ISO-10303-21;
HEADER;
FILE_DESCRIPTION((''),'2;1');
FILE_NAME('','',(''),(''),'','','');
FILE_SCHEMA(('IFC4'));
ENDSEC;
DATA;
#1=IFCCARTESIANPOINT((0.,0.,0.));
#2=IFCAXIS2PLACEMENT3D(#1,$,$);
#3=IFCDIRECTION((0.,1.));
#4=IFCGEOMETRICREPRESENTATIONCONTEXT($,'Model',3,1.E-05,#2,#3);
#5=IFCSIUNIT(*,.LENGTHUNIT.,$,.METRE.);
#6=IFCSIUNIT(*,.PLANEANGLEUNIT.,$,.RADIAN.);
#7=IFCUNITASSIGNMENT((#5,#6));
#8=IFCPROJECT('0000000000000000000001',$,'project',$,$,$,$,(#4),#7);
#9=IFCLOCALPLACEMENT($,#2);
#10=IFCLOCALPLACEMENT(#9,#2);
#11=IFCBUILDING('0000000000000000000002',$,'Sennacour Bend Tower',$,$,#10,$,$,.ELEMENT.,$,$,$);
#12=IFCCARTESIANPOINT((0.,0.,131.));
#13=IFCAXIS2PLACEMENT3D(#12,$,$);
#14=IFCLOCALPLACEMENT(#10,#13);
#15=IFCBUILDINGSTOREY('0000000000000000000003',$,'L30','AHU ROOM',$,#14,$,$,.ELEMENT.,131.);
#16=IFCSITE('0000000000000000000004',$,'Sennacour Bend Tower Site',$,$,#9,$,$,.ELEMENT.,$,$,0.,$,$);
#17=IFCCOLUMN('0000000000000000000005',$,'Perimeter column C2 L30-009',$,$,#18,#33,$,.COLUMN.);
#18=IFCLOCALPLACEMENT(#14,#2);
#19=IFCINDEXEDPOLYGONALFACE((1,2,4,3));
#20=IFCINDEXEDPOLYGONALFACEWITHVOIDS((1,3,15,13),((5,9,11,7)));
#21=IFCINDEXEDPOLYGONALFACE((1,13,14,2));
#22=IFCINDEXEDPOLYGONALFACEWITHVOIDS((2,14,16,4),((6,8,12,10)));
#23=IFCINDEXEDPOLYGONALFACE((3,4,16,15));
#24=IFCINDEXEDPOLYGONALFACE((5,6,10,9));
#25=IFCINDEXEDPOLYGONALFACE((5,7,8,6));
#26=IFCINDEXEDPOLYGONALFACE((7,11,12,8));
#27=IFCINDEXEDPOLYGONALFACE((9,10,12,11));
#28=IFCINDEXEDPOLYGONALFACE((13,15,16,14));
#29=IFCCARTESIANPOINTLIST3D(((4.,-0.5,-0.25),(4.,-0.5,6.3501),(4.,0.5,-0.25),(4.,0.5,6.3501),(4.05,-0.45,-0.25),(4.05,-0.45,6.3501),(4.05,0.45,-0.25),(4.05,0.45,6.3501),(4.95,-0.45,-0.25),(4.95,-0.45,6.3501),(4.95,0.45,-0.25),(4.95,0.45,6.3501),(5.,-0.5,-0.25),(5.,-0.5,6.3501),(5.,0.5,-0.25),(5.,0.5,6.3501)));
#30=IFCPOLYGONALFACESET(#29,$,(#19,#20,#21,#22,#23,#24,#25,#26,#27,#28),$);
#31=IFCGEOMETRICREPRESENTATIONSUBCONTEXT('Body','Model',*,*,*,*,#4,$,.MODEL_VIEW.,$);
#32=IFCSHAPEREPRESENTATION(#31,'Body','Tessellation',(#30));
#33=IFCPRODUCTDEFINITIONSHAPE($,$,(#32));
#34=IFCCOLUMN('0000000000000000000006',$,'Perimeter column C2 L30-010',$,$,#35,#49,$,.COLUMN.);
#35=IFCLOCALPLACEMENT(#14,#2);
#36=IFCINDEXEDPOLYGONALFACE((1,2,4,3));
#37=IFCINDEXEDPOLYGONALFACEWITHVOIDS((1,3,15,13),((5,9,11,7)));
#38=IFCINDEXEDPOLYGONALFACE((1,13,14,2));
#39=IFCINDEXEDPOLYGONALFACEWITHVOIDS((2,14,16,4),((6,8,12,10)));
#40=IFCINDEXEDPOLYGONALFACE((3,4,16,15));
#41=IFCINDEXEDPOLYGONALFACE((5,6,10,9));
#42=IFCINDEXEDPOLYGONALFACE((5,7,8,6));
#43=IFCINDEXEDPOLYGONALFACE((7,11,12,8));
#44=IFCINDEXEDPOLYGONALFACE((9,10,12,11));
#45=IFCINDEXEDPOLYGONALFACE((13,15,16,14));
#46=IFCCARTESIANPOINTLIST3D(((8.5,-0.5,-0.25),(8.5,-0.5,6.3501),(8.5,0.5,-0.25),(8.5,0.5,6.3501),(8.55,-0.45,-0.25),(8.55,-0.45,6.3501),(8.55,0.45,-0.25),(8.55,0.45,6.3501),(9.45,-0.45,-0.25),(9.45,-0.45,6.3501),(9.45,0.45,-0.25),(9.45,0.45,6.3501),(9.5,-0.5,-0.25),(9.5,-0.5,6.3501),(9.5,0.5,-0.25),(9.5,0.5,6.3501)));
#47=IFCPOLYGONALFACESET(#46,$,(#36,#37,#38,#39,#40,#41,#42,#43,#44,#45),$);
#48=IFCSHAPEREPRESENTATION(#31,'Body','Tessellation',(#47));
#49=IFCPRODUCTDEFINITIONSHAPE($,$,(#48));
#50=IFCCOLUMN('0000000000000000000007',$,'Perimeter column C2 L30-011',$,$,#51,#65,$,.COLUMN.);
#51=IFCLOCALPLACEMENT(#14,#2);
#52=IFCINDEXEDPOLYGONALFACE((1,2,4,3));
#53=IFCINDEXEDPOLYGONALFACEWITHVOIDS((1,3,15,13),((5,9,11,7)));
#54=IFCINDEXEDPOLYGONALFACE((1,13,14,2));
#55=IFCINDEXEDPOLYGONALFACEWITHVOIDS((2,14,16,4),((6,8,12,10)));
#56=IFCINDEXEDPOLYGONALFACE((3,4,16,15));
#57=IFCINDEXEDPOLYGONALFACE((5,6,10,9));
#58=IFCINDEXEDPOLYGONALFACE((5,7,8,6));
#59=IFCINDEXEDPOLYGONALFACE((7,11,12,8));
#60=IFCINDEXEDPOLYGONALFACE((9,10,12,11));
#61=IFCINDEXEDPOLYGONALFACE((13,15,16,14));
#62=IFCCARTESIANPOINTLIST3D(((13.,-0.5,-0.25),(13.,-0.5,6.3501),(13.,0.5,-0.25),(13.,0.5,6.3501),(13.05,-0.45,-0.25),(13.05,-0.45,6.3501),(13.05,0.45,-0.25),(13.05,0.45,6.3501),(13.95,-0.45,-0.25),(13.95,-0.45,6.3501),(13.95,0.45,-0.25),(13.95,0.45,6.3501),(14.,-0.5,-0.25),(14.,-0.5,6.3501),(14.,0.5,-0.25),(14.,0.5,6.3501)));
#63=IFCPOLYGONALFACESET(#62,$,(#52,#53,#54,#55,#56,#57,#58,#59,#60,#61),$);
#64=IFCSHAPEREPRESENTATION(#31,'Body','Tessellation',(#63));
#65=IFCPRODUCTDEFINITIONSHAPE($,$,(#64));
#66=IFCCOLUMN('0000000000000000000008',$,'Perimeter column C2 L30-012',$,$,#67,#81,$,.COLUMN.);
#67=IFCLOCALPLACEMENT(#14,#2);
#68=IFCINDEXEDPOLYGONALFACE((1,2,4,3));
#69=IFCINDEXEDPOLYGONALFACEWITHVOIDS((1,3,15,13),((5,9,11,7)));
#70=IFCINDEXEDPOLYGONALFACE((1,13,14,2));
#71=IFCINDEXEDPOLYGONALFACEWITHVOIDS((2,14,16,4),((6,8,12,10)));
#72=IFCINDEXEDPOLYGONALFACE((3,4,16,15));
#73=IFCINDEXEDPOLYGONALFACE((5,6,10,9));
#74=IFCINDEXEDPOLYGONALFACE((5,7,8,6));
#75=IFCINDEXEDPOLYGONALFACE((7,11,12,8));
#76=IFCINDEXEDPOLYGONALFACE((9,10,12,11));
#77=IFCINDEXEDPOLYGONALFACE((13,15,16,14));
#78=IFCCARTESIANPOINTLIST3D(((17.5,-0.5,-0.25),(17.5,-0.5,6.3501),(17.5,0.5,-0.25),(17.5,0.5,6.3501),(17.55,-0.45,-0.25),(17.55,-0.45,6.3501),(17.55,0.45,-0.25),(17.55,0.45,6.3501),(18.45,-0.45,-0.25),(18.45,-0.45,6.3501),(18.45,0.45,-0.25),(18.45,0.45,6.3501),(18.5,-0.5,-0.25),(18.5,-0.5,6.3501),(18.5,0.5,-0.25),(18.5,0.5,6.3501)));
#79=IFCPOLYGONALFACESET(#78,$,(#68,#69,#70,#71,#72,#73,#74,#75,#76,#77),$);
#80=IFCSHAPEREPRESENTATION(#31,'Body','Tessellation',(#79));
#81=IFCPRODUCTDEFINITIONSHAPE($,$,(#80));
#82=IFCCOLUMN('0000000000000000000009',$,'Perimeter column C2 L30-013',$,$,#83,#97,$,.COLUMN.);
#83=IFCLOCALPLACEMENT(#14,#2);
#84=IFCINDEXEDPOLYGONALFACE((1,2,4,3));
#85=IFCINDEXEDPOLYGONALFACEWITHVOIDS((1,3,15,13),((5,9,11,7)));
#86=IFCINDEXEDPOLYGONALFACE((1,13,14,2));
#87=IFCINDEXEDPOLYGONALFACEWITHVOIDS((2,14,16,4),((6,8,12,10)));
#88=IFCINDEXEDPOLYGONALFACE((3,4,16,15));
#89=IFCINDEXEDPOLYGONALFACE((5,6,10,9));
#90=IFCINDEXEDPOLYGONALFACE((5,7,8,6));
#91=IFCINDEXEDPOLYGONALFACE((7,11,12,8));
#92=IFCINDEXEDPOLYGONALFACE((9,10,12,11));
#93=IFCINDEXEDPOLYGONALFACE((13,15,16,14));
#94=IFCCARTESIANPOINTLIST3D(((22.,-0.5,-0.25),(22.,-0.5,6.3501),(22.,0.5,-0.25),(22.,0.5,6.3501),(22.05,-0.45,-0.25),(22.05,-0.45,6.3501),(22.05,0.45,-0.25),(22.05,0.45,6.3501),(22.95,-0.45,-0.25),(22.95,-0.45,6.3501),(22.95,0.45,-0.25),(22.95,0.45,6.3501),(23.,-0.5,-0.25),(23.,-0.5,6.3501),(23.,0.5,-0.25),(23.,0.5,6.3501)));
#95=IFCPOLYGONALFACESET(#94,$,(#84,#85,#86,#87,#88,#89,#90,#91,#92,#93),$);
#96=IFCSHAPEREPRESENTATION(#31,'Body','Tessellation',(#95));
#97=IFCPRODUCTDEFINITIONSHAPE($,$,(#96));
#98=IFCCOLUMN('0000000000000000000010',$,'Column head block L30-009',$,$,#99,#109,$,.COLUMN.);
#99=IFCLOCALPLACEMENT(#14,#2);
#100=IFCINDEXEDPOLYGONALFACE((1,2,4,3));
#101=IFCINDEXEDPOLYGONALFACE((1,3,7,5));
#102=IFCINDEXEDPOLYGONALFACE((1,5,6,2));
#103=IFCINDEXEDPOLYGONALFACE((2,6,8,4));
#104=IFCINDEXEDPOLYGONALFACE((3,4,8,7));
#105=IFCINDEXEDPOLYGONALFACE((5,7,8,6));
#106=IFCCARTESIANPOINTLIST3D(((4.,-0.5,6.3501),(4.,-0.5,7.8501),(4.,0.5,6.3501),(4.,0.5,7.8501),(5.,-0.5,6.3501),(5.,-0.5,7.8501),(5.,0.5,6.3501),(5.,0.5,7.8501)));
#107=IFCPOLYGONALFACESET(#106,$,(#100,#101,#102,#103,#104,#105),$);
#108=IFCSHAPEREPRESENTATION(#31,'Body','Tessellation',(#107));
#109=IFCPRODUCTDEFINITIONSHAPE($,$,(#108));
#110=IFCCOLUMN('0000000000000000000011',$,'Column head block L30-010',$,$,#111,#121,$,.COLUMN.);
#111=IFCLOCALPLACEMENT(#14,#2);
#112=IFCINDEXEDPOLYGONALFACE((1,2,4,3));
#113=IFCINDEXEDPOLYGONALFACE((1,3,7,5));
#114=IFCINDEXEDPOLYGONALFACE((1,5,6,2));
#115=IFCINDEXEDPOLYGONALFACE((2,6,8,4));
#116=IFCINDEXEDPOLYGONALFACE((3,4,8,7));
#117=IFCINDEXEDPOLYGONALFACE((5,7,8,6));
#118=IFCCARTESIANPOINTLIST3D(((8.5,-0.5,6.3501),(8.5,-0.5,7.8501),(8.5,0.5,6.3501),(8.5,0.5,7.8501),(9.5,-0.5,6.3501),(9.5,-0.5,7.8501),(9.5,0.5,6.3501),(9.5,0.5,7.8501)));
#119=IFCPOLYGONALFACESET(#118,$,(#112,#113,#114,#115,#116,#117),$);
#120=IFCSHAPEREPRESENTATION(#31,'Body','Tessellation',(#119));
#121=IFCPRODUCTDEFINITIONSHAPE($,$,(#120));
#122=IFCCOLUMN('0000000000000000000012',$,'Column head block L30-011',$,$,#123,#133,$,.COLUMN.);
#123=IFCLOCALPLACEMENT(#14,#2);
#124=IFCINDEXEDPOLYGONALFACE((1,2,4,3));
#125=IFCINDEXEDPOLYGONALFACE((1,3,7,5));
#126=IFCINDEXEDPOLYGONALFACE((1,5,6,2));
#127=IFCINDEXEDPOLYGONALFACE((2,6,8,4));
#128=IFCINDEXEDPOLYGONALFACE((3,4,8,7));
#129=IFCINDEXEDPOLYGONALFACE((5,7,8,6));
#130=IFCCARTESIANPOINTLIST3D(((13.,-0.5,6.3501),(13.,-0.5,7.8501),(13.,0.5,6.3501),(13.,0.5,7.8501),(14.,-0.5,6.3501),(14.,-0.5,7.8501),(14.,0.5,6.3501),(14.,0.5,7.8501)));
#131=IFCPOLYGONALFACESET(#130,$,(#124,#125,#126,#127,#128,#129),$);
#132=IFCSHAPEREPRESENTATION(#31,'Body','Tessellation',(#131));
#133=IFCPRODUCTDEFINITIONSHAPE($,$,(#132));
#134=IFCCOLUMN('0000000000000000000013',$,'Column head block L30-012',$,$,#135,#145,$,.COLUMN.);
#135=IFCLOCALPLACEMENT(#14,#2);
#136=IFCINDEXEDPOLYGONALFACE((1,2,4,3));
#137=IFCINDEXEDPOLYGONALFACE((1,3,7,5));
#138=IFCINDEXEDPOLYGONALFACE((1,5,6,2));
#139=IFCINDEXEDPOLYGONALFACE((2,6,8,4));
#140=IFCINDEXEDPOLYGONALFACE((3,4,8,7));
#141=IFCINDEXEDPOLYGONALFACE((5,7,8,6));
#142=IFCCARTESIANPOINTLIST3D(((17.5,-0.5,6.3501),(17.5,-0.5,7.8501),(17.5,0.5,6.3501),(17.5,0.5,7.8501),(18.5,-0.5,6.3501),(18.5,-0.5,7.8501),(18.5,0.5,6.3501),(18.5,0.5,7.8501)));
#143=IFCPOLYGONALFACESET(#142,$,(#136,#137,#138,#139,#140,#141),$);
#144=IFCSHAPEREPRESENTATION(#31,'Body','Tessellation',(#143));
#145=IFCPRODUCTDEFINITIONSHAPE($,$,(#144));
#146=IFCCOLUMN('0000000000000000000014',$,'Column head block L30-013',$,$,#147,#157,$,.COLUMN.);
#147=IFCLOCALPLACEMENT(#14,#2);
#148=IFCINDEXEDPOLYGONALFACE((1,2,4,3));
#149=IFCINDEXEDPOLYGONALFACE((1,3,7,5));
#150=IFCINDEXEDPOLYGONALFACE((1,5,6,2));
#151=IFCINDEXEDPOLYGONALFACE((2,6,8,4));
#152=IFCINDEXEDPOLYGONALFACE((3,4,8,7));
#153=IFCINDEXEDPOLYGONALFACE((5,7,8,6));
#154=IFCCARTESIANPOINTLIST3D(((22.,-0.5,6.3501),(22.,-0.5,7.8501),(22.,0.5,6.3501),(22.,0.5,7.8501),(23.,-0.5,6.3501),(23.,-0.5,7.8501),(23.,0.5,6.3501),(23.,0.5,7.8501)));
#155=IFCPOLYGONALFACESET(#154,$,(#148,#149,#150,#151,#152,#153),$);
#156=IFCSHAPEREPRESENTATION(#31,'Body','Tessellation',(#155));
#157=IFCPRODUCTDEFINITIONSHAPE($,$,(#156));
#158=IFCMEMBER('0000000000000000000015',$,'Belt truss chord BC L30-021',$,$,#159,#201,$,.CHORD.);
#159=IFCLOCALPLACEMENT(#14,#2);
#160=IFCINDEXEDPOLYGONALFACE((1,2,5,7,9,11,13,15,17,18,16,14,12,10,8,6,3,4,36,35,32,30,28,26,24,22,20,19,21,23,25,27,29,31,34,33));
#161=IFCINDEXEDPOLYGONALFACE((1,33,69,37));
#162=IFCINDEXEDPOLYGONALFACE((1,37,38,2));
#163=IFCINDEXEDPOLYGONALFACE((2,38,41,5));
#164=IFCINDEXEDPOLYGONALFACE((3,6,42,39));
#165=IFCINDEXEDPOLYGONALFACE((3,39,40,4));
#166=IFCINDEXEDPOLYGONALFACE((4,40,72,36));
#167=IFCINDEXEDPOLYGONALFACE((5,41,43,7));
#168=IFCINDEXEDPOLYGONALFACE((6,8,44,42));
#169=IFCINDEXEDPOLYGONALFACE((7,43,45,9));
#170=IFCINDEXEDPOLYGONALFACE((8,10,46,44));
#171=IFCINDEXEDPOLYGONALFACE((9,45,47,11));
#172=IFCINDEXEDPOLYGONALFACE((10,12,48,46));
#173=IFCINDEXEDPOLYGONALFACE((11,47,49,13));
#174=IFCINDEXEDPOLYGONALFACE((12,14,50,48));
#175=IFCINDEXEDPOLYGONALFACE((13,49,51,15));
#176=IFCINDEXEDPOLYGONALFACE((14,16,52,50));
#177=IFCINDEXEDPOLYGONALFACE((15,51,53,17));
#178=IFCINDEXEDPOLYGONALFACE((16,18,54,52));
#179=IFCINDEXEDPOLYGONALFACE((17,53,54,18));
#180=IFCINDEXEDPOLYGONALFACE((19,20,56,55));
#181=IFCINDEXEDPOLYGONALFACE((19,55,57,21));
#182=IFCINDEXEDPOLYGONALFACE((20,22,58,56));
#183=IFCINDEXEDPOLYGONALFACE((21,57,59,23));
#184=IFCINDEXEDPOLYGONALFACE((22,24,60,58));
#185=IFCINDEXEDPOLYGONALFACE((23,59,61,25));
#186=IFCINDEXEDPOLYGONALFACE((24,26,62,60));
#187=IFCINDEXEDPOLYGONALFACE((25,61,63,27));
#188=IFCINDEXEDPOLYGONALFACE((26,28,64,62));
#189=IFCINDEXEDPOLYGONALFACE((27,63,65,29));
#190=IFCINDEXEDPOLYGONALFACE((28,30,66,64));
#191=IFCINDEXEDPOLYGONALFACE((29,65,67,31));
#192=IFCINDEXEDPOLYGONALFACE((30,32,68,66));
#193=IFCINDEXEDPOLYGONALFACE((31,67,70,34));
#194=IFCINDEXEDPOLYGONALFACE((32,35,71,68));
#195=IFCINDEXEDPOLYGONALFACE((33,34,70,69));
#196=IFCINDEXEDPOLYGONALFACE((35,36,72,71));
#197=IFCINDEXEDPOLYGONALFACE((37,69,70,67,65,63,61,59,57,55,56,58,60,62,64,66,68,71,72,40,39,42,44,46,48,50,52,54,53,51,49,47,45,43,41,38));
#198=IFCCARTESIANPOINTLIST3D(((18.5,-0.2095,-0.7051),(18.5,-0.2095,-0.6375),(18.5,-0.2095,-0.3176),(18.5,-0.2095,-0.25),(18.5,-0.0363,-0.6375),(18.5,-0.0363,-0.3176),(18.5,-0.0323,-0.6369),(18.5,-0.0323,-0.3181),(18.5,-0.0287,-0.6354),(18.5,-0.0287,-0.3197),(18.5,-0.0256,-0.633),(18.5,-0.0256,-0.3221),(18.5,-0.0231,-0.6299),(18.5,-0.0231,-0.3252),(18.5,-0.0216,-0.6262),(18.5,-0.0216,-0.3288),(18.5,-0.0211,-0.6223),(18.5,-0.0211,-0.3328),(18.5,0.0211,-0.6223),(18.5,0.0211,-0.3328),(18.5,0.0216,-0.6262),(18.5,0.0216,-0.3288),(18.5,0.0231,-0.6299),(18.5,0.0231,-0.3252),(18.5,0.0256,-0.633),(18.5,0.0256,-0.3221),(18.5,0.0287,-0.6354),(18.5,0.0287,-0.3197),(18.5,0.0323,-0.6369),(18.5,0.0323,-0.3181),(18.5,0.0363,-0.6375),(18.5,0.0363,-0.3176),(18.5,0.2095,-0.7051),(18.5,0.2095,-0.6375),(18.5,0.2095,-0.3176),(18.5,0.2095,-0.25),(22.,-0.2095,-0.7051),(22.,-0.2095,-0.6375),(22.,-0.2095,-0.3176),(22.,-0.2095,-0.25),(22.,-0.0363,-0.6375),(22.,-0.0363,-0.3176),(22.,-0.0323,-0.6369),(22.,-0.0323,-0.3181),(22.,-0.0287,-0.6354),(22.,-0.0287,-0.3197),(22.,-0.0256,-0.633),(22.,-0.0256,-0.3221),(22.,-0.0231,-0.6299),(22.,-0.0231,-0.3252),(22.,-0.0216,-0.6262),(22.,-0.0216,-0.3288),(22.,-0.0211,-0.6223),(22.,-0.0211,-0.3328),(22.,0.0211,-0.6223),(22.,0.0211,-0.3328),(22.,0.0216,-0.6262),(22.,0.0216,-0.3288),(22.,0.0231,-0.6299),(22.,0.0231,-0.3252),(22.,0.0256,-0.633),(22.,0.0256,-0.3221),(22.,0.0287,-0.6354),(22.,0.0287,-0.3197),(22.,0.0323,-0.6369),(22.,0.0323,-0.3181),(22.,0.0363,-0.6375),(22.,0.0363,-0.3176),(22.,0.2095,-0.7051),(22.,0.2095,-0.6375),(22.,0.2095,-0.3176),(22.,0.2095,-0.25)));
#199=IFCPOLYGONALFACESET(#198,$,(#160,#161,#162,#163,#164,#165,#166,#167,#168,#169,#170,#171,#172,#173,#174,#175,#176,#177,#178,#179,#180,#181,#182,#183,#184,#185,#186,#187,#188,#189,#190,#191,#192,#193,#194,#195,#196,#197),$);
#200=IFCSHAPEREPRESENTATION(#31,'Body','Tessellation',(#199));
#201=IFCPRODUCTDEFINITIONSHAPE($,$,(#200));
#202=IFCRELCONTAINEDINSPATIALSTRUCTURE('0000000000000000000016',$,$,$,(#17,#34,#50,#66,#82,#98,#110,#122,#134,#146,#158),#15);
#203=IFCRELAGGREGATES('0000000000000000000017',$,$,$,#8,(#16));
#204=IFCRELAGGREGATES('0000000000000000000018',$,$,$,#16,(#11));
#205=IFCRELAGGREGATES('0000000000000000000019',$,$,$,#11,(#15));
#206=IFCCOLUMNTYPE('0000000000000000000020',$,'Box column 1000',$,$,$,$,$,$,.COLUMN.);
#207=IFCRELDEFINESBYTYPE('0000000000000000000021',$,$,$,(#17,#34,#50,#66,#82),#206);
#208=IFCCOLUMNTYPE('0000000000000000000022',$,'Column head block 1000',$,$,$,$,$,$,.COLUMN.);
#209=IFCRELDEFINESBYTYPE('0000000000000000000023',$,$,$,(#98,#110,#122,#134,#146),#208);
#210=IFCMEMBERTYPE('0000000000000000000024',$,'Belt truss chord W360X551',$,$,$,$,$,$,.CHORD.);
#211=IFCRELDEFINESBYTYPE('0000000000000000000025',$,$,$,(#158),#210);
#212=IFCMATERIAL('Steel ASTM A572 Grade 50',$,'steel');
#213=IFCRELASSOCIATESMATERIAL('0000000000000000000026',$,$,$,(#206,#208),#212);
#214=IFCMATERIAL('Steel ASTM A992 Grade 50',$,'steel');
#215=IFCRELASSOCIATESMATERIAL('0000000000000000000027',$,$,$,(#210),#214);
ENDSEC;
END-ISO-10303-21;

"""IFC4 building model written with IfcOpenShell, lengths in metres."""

from ifc_helpers import new_model, si_unit, direction, frame, origin, origin_2d, place, context, subcontext, project, spatial, rectangle, hollow_rectangle, i_section, extrude, material, material_profile, profile_set, type_object, element, save


model = new_model("IFC4")

# Units and contexts
model_context = context("Model", 3, precision=1e-05, world=origin(), true_north=direction((0.0, 1.0)))
body_context = subcontext(model_context, "Body", "Model", "MODEL_VIEW")
ifc_project = project(units=[si_unit("LENGTHUNIT", "METRE"), si_unit("PLANEANGLEUNIT", "RADIAN")], contexts=[model_context])

# Site, building, storey
site_placement = place(None, origin())
site = spatial("IfcSite", under=ifc_project, at=site_placement, Name="Sennacour Bend Tower Site", CompositionType="ELEMENT", RefElevation=0.0)
building_placement = place(site_placement, origin())
building = spatial("IfcBuilding", under=site, at=building_placement, Name="Sennacour Bend Tower", CompositionType="ELEMENT")
storey_placement = place(building_placement, frame((0.0, 0.0, 131.0)))
storey = spatial("IfcBuildingStorey", under=building, at=storey_placement, Name="L30", Description="AHU ROOM", CompositionType="ELEMENT", Elevation=131.0)

# Columns
ifc_material_1 = material(Name="Steel ASTM A572 Grade 50", Category="steel")
ifc_material_profile_1 = material_profile(ifc_material_1, hollow_rectangle(XDim=1.0, YDim=1.0, WallThickness=0.05, at=origin_2d()), Name="Steel ASTM A572 Grade 50", Category="steel")
ifc_profile_set_1 = profile_set([ifc_material_profile_1], Name="Steel ASTM A572 Grade 50")
column_type_1 = type_object("IfcColumnType", Name="Box column 1000", PredefinedType="COLUMN", material=ifc_profile_set_1)
for number, where, z_axis, x_axis, name in (
    (1, (4.5, 0.0, -0.25), (0.0, 0.0, 1.0), (1.0, 0.0, 0.0), "Perimeter column C2 L30-009"),
    (2, (9.0, 0.0, -0.25), (0.0, 0.0, 1.0), (1.0, 0.0, 0.0), "Perimeter column C2 L30-010"),
    (3, (13.5, 0.0, -0.25), (0.0, 0.0, 1.0), (1.0, 0.0, 0.0), "Perimeter column C2 L30-011"),
    (4, (18.0, 0.0, -0.25), (0.0, 0.0, 1.0), (1.0, 0.0, 0.0), "Perimeter column C2 L30-012"),
    (5, (22.5, 0.0, -0.25), (0.0, 0.0, 1.0), (1.0, 0.0, 0.0), "Perimeter column C2 L30-013"),
):
    element("IfcColumn", number, at=place(storey_placement, frame(where, z_axis=z_axis, x_axis=x_axis)), inside=storey, type_object=column_type_1, Name=name, PredefinedType="COLUMN", context=body_context, shape_type="SweptSolid", body=[
        extrude(hollow_rectangle(XDim=1.0, YDim=1.0, WallThickness=0.05, at=origin_2d()), origin(), (0.0, 0.0, 1.0), 6.6001),
    ])
ifc_material_profile_2 = material_profile(ifc_material_1, rectangle(XDim=1.0, YDim=1.0, at=origin_2d()), Name="Steel ASTM A572 Grade 50", Category="steel")
ifc_profile_set_2 = profile_set([ifc_material_profile_2], Name="Steel ASTM A572 Grade 50")
column_type_2 = type_object("IfcColumnType", Name="Column head block 1000", PredefinedType="COLUMN", material=ifc_profile_set_2)
for number, where, z_axis, x_axis, name in (
    (6, (4.5, 0.0, 6.3501), (0.0, 0.0, 1.0), (1.0, 0.0, 0.0), "Column head block L30-009"),
    (7, (9.0, 0.0, 6.3501), (0.0, 0.0, 1.0), (1.0, 0.0, 0.0), "Column head block L30-010"),
    (8, (13.5, 0.0, 6.3501), (0.0, 0.0, 1.0), (1.0, 0.0, 0.0), "Column head block L30-011"),
    (9, (18.0, 0.0, 6.3501), (0.0, 0.0, 1.0), (1.0, 0.0, 0.0), "Column head block L30-012"),
    (10, (22.5, 0.0, 6.3501), (0.0, 0.0, 1.0), (1.0, 0.0, 0.0), "Column head block L30-013"),
):
    element("IfcColumn", number, at=place(storey_placement, frame(where, z_axis=z_axis, x_axis=x_axis)), inside=storey, type_object=column_type_2, Name=name, PredefinedType="COLUMN", context=body_context, shape_type="SweptSolid", body=[
        extrude(rectangle(XDim=1.0, YDim=1.0, at=origin_2d()), origin(), (0.0, 0.0, 1.0), 1.5),
    ])

# Member
ifc_material_2 = material(Name="Steel ASTM A992 Grade 50", Category="steel")
ifc_material_profile_3 = material_profile(ifc_material_2, i_section(OverallWidth=0.4189, OverallDepth=0.4551, WebThickness=0.0422, FlangeThickness=0.0676, FilletRadius=0.0151, at=origin_2d()), Name="Steel ASTM A992 Grade 50", Category="steel")
ifc_profile_set_3 = profile_set([ifc_material_profile_3], Name="Steel ASTM A992 Grade 50")
member_type_1 = type_object("IfcMemberType", Name="Belt truss chord W360X551", PredefinedType="CHORD", material=ifc_profile_set_3)
for number, where, z_axis, x_axis, name in (
    (11, (22.0, 0.0, -0.4775), (-1.0, 0.0, 0.0), (0.0, -1.0, 0.0), "Belt truss chord BC L30-021"),
):
    element("IfcMember", number, at=place(storey_placement, frame(where, z_axis=z_axis, x_axis=x_axis)), inside=storey, type_object=member_type_1, Name=name, PredefinedType="CHORD", context=body_context, shape_type="SweptSolid", body=[
        extrude(i_section(OverallWidth=0.4189, OverallDepth=0.4551, WebThickness=0.0422, FlangeThickness=0.0676, FilletRadius=0.0151, at=origin_2d()), origin(), (0.0, 0.0, 1.0), 3.5),
    ])

save(model, "model.ifc")
